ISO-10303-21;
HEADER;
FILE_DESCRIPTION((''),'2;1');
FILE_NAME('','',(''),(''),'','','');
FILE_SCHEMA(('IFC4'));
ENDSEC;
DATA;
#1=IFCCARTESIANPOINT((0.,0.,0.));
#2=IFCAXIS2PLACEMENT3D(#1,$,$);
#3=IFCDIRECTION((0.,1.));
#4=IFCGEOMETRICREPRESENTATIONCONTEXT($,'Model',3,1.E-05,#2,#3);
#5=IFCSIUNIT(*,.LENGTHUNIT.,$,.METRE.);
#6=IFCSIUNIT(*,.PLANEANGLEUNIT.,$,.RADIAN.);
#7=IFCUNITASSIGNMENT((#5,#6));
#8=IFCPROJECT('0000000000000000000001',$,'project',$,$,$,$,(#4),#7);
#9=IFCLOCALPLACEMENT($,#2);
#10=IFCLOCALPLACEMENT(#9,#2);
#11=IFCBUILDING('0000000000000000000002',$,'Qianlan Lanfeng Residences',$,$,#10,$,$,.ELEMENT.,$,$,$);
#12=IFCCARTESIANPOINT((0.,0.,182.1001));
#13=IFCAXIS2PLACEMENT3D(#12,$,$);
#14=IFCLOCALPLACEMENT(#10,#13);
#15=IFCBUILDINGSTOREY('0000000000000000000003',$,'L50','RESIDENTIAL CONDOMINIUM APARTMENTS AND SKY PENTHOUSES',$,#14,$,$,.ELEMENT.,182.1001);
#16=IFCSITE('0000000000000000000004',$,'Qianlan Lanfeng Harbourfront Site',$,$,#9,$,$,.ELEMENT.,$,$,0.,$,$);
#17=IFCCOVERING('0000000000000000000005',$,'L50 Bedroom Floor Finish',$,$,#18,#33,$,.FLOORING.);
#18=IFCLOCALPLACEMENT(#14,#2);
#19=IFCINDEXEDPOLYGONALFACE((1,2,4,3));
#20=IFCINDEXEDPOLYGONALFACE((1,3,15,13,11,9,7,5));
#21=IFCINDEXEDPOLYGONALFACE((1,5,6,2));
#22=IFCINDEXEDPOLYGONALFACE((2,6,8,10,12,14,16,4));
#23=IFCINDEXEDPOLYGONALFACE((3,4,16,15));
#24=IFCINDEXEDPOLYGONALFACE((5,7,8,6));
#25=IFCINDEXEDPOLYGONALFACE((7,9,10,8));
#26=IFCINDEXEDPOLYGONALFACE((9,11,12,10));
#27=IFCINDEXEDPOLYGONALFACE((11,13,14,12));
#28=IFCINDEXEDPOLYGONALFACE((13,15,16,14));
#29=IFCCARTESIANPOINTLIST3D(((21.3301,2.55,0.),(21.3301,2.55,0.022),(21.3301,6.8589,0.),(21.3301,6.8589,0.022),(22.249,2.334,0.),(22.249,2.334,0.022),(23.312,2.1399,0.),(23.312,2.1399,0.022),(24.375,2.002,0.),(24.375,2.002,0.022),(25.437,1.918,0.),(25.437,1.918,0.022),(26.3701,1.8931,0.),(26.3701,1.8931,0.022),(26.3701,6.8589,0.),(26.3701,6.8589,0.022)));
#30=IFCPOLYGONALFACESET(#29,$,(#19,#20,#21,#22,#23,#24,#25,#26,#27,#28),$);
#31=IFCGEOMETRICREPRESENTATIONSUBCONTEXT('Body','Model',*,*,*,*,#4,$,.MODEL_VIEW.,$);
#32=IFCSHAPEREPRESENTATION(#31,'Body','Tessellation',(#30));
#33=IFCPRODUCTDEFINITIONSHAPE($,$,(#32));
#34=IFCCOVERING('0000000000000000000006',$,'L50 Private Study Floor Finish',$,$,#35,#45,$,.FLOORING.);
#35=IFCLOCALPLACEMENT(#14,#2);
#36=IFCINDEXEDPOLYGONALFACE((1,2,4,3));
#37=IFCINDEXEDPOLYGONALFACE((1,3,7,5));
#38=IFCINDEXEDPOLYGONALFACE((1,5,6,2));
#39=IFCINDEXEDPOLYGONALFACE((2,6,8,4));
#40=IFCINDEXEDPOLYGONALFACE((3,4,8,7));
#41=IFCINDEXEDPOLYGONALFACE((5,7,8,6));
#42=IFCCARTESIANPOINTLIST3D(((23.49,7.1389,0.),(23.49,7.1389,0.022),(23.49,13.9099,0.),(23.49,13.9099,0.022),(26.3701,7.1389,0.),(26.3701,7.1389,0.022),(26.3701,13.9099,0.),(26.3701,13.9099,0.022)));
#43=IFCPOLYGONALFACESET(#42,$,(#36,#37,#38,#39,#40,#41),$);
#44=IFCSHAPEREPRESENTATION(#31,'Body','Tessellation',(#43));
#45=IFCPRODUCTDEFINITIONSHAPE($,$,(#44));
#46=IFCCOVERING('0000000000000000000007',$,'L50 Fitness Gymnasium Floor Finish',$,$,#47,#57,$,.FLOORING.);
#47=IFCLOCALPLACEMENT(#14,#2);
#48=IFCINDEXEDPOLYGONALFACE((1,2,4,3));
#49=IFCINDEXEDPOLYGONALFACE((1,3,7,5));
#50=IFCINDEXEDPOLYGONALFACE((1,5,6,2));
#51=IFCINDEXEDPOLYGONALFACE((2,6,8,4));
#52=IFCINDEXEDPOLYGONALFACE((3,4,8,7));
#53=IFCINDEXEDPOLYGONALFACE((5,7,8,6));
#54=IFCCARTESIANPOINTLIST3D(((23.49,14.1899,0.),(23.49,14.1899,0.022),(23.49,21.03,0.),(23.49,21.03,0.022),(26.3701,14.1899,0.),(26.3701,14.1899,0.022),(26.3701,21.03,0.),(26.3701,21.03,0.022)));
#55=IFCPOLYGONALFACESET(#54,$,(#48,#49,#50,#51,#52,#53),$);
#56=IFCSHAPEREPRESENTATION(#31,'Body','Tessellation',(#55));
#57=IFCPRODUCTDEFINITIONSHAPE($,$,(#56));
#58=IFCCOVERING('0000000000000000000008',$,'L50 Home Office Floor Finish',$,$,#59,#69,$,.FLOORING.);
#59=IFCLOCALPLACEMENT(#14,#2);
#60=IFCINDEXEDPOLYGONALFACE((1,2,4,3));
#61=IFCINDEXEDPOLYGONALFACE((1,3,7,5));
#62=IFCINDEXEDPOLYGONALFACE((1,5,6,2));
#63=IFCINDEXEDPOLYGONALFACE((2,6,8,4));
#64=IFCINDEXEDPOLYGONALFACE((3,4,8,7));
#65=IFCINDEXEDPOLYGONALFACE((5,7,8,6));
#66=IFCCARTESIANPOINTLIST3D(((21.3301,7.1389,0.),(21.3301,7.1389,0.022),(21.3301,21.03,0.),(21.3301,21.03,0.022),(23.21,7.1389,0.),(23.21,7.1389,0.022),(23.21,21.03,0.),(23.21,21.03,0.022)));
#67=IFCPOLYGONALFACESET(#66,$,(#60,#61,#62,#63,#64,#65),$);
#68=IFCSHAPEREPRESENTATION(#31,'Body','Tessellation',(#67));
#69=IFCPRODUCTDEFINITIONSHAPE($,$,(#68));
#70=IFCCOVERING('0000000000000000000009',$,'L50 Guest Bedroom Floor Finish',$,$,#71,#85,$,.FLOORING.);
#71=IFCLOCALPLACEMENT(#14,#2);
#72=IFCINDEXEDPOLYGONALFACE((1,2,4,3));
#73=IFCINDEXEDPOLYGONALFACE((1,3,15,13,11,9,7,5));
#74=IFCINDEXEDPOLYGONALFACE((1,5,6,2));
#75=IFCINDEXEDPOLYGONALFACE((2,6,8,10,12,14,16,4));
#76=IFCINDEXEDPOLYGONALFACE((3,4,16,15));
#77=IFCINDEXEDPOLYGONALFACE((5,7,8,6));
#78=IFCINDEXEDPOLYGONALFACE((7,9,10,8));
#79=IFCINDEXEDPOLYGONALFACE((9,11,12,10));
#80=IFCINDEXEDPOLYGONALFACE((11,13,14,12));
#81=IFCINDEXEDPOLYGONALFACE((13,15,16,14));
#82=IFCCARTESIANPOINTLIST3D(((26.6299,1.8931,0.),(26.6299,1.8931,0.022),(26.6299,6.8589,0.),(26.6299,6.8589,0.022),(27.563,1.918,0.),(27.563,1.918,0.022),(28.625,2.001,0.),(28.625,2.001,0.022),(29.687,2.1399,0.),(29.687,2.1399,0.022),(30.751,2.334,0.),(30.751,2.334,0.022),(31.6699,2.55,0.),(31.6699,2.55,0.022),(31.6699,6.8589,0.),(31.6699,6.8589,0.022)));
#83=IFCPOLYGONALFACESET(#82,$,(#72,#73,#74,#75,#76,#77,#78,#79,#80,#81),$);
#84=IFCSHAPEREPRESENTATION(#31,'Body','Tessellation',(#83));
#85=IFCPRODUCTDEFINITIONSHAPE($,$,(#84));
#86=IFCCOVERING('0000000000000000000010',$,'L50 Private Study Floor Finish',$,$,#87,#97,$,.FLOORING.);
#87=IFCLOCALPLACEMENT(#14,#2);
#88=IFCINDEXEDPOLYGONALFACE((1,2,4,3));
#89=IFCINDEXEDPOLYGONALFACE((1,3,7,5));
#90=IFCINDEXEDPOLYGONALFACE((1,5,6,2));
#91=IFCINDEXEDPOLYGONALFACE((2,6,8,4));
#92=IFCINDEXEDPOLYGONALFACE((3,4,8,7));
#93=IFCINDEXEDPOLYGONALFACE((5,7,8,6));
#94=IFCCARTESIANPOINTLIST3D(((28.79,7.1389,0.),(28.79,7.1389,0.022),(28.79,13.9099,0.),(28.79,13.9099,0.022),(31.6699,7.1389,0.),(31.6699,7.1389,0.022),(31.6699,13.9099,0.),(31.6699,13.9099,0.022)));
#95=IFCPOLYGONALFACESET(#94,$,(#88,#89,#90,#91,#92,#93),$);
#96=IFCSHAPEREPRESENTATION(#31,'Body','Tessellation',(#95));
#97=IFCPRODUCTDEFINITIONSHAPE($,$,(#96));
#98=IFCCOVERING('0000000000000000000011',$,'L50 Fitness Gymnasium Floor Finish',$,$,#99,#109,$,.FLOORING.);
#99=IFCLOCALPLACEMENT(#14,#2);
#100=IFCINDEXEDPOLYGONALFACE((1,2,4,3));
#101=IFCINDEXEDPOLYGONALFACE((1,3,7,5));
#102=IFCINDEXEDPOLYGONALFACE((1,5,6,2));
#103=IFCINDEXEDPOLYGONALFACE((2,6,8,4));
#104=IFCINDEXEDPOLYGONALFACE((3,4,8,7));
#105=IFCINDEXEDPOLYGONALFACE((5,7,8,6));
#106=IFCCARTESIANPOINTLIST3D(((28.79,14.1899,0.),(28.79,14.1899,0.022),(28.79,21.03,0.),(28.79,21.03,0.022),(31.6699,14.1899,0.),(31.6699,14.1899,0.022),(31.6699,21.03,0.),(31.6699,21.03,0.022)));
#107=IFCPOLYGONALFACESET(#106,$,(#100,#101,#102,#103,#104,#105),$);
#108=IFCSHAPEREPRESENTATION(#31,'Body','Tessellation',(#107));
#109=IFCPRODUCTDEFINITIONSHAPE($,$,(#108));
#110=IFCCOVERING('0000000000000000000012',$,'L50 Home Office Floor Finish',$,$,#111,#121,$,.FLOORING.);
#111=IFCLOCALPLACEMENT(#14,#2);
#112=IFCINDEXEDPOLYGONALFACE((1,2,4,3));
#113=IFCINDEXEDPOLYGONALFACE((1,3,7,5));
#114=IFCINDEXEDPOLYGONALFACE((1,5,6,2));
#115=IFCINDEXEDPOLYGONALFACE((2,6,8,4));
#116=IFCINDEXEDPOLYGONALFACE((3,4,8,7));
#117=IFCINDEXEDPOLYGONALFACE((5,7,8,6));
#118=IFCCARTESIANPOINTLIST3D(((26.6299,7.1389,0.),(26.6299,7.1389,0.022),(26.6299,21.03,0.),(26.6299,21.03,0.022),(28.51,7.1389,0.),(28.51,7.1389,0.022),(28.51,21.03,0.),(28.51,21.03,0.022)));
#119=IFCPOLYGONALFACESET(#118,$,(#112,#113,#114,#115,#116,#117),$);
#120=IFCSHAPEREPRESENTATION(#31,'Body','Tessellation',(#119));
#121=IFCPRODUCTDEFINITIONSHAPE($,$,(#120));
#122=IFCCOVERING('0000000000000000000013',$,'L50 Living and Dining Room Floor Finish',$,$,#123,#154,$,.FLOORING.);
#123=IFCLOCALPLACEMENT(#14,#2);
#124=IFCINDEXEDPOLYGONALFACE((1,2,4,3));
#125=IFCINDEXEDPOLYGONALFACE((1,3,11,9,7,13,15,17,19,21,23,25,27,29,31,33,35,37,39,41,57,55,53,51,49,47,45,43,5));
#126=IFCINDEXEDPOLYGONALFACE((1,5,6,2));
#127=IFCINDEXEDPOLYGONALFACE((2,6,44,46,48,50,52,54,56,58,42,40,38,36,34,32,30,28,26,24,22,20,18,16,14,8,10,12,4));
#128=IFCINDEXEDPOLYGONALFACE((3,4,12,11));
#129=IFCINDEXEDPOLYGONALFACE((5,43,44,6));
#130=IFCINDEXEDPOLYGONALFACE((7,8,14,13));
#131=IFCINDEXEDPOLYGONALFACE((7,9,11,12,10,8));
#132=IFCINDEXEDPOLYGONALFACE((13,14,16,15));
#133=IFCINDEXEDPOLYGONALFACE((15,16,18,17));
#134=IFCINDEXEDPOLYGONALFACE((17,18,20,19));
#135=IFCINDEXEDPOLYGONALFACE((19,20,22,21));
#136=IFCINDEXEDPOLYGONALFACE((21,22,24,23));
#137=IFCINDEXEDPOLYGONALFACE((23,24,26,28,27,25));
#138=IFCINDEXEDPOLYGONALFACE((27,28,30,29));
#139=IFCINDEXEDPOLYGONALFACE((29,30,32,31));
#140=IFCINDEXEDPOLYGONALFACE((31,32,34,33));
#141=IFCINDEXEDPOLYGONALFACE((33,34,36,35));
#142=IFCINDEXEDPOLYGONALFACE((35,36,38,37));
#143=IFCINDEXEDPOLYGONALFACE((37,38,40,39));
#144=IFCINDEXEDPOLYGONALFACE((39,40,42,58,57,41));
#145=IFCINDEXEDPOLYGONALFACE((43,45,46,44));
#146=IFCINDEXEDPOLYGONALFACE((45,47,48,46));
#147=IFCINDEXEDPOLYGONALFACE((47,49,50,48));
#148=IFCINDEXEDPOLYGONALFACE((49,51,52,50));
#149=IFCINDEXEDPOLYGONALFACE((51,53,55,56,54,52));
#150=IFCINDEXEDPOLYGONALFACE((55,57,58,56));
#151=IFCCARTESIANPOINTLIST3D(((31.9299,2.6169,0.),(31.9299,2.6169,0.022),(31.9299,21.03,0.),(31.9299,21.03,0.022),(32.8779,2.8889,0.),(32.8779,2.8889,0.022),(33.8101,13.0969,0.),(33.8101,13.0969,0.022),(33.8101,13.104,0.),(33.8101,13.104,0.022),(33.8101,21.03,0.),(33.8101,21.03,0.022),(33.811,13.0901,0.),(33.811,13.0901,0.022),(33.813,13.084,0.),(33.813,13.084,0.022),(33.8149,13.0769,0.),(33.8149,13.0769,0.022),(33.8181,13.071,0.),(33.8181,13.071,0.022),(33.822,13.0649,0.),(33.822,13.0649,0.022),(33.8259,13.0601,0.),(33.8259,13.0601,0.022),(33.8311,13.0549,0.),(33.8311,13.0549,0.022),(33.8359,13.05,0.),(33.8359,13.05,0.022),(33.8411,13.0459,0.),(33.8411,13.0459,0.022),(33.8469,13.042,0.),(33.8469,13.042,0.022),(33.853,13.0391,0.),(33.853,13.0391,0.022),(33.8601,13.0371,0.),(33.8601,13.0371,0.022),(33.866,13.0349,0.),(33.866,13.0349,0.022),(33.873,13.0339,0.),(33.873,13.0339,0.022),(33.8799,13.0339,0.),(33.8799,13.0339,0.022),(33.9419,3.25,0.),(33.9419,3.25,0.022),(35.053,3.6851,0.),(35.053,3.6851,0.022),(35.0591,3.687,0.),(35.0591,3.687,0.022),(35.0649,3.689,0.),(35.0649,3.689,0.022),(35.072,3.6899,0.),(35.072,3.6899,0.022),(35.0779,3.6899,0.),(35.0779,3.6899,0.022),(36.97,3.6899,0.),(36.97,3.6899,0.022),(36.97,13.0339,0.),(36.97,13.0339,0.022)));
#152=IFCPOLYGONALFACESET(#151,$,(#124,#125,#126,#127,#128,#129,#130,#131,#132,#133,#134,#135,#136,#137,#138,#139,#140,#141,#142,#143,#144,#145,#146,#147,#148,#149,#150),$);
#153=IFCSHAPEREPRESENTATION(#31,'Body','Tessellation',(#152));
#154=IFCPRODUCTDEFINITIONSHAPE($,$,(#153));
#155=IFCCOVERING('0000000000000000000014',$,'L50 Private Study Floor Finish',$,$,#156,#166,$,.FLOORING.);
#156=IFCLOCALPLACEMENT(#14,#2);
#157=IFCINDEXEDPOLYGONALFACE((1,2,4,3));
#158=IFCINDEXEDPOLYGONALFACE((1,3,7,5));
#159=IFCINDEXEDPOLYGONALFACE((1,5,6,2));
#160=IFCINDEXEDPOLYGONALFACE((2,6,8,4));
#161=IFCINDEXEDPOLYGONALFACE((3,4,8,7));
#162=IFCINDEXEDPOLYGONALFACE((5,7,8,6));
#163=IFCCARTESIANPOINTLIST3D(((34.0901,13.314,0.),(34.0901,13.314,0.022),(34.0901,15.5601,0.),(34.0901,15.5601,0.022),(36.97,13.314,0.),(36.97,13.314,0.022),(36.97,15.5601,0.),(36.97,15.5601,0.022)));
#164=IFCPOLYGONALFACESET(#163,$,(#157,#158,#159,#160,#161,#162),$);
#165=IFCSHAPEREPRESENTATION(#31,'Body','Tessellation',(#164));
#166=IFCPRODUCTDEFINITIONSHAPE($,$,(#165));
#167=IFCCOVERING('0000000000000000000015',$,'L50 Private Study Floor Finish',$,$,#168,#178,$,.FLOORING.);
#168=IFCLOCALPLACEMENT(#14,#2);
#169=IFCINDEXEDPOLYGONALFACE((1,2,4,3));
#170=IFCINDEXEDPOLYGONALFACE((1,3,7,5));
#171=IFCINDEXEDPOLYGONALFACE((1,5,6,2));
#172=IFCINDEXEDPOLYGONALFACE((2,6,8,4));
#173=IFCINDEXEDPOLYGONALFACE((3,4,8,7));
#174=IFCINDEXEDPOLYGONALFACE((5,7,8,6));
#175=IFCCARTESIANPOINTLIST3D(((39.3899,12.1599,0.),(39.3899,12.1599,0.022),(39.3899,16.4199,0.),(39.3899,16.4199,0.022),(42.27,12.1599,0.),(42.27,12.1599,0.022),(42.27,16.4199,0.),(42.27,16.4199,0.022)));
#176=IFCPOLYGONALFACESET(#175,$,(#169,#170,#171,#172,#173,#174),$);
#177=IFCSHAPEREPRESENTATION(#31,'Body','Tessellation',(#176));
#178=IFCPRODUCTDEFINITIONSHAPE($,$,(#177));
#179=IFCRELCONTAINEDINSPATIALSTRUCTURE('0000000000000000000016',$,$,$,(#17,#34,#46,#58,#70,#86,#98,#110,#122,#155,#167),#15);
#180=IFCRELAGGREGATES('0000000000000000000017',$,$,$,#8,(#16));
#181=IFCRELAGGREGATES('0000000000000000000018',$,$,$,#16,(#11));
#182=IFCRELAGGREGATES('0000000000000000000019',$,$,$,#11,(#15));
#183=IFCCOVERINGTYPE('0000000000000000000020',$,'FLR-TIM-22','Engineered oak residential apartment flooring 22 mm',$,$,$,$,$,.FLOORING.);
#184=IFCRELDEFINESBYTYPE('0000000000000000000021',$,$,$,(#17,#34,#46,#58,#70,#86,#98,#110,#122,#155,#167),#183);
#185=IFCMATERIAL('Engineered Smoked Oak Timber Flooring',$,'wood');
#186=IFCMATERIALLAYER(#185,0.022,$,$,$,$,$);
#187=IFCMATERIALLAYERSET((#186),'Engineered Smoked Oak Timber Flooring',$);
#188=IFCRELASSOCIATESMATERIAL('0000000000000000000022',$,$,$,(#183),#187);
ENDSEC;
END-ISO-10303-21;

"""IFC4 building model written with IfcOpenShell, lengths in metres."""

from ifc_helpers import new_model, si_unit, direction, frame, origin, place, context, subcontext, project, spatial, polyline, outline, extrude, material, layer, layer_set, type_object, element, save


model = new_model("IFC4")

# Units and contexts
model_context = context("Model", 3, precision=1e-05, world=origin(), true_north=direction((0.0, 1.0)))
body_context = subcontext(model_context, "Body", "Model", "MODEL_VIEW")
ifc_project = project(units=[si_unit("LENGTHUNIT", "METRE"), si_unit("PLANEANGLEUNIT", "RADIAN")], contexts=[model_context])

# Site, building, storey
site_placement = place(None, origin())
site = spatial("IfcSite", under=ifc_project, at=site_placement, Name="Qianlan Lanfeng Harbourfront Site", CompositionType="ELEMENT", RefElevation=0.0)
building_placement = place(site_placement, origin())
building = spatial("IfcBuilding", under=site, at=building_placement, Name="Qianlan Lanfeng Residences", CompositionType="ELEMENT")
storey_placement = place(building_placement, frame((0.0, 0.0, 182.1001)))
storey = spatial("IfcBuildingStorey", under=building, at=storey_placement, Name="L50", Description="RESIDENTIAL CONDOMINIUM APARTMENTS AND SKY PENTHOUSES", CompositionType="ELEMENT", Elevation=182.1001)

# Coverings
ifc_material_1 = material(Name="Engineered Smoked Oak Timber Flooring", Category="wood")
ifc_layer_1 = layer(ifc_material_1, 0.022)
ifc_layer_set_1 = layer_set([ifc_layer_1], Name="Engineered Smoked Oak Timber Flooring")
covering_type_1 = type_object("IfcCoveringType", Name="FLR-TIM-22", Description="Engineered oak residential apartment flooring 22 mm", PredefinedType="FLOORING", material=ifc_layer_set_1)
covering_1_placement = place(storey_placement, origin())
element("IfcCovering", 1, at=covering_1_placement, inside=storey, type_object=covering_type_1, Name="L50 Bedroom Floor Finish", PredefinedType="FLOORING", context=body_context, shape_type="SweptSolid", body=[
    extrude(outline(polyline([(21.3301, 6.8589), (21.3301, 2.55), (22.249, 2.334), (23.312, 2.1399), (24.375, 2.002), (25.437, 1.918), (26.3701, 1.8931), (26.3701, 6.8589), (21.3301, 6.8589)])), origin(), (0.0, 0.0, 1.0), 0.022),
])
covering_2_placement = place(storey_placement, origin())
element("IfcCovering", 2, at=covering_2_placement, inside=storey, type_object=covering_type_1, Name="L50 Private Study Floor Finish", PredefinedType="FLOORING", context=body_context, shape_type="SweptSolid", body=[
    extrude(outline(polyline([(23.49, 7.1389), (26.3701, 7.1389), (26.3701, 13.9099), (23.49, 13.9099), (23.49, 7.1389)])), origin(), (0.0, 0.0, 1.0), 0.022),
])
covering_3_placement = place(storey_placement, origin())
element("IfcCovering", 3, at=covering_3_placement, inside=storey, type_object=covering_type_1, Name="L50 Fitness Gymnasium Floor Finish", PredefinedType="FLOORING", context=body_context, shape_type="SweptSolid", body=[
    extrude(outline(polyline([(23.49, 14.1899), (26.3701, 14.1899), (26.3701, 21.03), (23.49, 21.03), (23.49, 14.1899)])), origin(), (0.0, 0.0, 1.0), 0.022),
])
covering_4_placement = place(storey_placement, origin())
element("IfcCovering", 4, at=covering_4_placement, inside=storey, type_object=covering_type_1, Name="L50 Home Office Floor Finish", PredefinedType="FLOORING", context=body_context, shape_type="SweptSolid", body=[
    extrude(outline(polyline([(21.3301, 7.1389), (23.21, 7.1389), (23.21, 21.03), (21.3301, 21.03), (21.3301, 7.1389)])), origin(), (0.0, 0.0, 1.0), 0.022),
])
covering_5_placement = place(storey_placement, origin())
element("IfcCovering", 5, at=covering_5_placement, inside=storey, type_object=covering_type_1, Name="L50 Guest Bedroom Floor Finish", PredefinedType="FLOORING", context=body_context, shape_type="SweptSolid", body=[
    extrude(outline(polyline([(26.6299, 6.8589), (26.6299, 1.8931), (27.563, 1.918), (28.625, 2.001), (29.687, 2.1399), (30.751, 2.334), (31.6699, 2.55), (31.6699, 6.8589), (26.6299, 6.8589)])), origin(), (0.0, 0.0, 1.0), 0.022),
])
covering_6_placement = place(storey_placement, origin())
element("IfcCovering", 6, at=covering_6_placement, inside=storey, type_object=covering_type_1, Name="L50 Private Study Floor Finish", PredefinedType="FLOORING", context=body_context, shape_type="SweptSolid", body=[
    extrude(outline(polyline([(28.79, 7.1389), (31.6699, 7.1389), (31.6699, 13.9099), (28.79, 13.9099), (28.79, 7.1389)])), origin(), (0.0, 0.0, 1.0), 0.022),
])
covering_7_placement = place(storey_placement, origin())
element("IfcCovering", 7, at=covering_7_placement, inside=storey, type_object=covering_type_1, Name="L50 Fitness Gymnasium Floor Finish", PredefinedType="FLOORING", context=body_context, shape_type="SweptSolid", body=[
    extrude(outline(polyline([(28.79, 14.1899), (31.6699, 14.1899), (31.6699, 21.03), (28.79, 21.03), (28.79, 14.1899)])), origin(), (0.0, 0.0, 1.0), 0.022),
])
covering_8_placement = place(storey_placement, origin())
element("IfcCovering", 8, at=covering_8_placement, inside=storey, type_object=covering_type_1, Name="L50 Home Office Floor Finish", PredefinedType="FLOORING", context=body_context, shape_type="SweptSolid", body=[
    extrude(outline(polyline([(26.6299, 7.1389), (28.51, 7.1389), (28.51, 21.03), (26.6299, 21.03), (26.6299, 7.1389)])), origin(), (0.0, 0.0, 1.0), 0.022),
])
covering_9_placement = place(storey_placement, origin())
element("IfcCovering", 9, at=covering_9_placement, inside=storey, type_object=covering_type_1, Name="L50 Living and Dining Room Floor Finish", PredefinedType="FLOORING", context=body_context, shape_type="SweptSolid", body=[
    extrude(outline(polyline([(36.97, 3.6899), (36.97, 13.0339), (33.8799, 13.0339), (33.873, 13.0339), (33.866, 13.0349), (33.8601, 13.0371), (33.853, 13.0391), (33.8469, 13.042), (33.8411, 13.0459), (33.8359, 13.05), (33.8311, 13.0549), (33.8259, 13.0601), (33.822, 13.0649), (33.8181, 13.071), (33.8149, 13.0769), (33.813, 13.084), (33.811, 13.0901), (33.8101, 13.0969), (33.8101, 13.104), (33.8101, 21.03), (31.9299, 21.03), (31.9299, 2.6169), (32.8779, 2.8889), (33.9419, 3.25), (35.053, 3.6851), (35.0591, 3.687), (35.0649, 3.689), (35.072, 3.6899), (35.0779, 3.6899), (36.97, 3.6899)])), origin(), (0.0, 0.0, 1.0), 0.022),
])
covering_10_placement = place(storey_placement, origin())
element("IfcCovering", 10, at=covering_10_placement, inside=storey, type_object=covering_type_1, Name="L50 Private Study Floor Finish", PredefinedType="FLOORING", context=body_context, shape_type="SweptSolid", body=[
    extrude(outline(polyline([(34.0901, 15.5601), (34.0901, 13.314), (36.97, 13.314), (36.97, 15.5601), (34.0901, 15.5601)])), origin(), (0.0, 0.0, 1.0), 0.022),
])
covering_11_placement = place(storey_placement, origin())
element("IfcCovering", 11, at=covering_11_placement, inside=storey, type_object=covering_type_1, Name="L50 Private Study Floor Finish", PredefinedType="FLOORING", context=body_context, shape_type="SweptSolid", body=[
    extrude(outline(polyline([(39.3899, 12.1599), (42.27, 12.1599), (42.27, 16.4199), (39.3899, 16.4199), (39.3899, 12.1599)])), origin(), (0.0, 0.0, 1.0), 0.022),
])

save(model, "model.ifc")
